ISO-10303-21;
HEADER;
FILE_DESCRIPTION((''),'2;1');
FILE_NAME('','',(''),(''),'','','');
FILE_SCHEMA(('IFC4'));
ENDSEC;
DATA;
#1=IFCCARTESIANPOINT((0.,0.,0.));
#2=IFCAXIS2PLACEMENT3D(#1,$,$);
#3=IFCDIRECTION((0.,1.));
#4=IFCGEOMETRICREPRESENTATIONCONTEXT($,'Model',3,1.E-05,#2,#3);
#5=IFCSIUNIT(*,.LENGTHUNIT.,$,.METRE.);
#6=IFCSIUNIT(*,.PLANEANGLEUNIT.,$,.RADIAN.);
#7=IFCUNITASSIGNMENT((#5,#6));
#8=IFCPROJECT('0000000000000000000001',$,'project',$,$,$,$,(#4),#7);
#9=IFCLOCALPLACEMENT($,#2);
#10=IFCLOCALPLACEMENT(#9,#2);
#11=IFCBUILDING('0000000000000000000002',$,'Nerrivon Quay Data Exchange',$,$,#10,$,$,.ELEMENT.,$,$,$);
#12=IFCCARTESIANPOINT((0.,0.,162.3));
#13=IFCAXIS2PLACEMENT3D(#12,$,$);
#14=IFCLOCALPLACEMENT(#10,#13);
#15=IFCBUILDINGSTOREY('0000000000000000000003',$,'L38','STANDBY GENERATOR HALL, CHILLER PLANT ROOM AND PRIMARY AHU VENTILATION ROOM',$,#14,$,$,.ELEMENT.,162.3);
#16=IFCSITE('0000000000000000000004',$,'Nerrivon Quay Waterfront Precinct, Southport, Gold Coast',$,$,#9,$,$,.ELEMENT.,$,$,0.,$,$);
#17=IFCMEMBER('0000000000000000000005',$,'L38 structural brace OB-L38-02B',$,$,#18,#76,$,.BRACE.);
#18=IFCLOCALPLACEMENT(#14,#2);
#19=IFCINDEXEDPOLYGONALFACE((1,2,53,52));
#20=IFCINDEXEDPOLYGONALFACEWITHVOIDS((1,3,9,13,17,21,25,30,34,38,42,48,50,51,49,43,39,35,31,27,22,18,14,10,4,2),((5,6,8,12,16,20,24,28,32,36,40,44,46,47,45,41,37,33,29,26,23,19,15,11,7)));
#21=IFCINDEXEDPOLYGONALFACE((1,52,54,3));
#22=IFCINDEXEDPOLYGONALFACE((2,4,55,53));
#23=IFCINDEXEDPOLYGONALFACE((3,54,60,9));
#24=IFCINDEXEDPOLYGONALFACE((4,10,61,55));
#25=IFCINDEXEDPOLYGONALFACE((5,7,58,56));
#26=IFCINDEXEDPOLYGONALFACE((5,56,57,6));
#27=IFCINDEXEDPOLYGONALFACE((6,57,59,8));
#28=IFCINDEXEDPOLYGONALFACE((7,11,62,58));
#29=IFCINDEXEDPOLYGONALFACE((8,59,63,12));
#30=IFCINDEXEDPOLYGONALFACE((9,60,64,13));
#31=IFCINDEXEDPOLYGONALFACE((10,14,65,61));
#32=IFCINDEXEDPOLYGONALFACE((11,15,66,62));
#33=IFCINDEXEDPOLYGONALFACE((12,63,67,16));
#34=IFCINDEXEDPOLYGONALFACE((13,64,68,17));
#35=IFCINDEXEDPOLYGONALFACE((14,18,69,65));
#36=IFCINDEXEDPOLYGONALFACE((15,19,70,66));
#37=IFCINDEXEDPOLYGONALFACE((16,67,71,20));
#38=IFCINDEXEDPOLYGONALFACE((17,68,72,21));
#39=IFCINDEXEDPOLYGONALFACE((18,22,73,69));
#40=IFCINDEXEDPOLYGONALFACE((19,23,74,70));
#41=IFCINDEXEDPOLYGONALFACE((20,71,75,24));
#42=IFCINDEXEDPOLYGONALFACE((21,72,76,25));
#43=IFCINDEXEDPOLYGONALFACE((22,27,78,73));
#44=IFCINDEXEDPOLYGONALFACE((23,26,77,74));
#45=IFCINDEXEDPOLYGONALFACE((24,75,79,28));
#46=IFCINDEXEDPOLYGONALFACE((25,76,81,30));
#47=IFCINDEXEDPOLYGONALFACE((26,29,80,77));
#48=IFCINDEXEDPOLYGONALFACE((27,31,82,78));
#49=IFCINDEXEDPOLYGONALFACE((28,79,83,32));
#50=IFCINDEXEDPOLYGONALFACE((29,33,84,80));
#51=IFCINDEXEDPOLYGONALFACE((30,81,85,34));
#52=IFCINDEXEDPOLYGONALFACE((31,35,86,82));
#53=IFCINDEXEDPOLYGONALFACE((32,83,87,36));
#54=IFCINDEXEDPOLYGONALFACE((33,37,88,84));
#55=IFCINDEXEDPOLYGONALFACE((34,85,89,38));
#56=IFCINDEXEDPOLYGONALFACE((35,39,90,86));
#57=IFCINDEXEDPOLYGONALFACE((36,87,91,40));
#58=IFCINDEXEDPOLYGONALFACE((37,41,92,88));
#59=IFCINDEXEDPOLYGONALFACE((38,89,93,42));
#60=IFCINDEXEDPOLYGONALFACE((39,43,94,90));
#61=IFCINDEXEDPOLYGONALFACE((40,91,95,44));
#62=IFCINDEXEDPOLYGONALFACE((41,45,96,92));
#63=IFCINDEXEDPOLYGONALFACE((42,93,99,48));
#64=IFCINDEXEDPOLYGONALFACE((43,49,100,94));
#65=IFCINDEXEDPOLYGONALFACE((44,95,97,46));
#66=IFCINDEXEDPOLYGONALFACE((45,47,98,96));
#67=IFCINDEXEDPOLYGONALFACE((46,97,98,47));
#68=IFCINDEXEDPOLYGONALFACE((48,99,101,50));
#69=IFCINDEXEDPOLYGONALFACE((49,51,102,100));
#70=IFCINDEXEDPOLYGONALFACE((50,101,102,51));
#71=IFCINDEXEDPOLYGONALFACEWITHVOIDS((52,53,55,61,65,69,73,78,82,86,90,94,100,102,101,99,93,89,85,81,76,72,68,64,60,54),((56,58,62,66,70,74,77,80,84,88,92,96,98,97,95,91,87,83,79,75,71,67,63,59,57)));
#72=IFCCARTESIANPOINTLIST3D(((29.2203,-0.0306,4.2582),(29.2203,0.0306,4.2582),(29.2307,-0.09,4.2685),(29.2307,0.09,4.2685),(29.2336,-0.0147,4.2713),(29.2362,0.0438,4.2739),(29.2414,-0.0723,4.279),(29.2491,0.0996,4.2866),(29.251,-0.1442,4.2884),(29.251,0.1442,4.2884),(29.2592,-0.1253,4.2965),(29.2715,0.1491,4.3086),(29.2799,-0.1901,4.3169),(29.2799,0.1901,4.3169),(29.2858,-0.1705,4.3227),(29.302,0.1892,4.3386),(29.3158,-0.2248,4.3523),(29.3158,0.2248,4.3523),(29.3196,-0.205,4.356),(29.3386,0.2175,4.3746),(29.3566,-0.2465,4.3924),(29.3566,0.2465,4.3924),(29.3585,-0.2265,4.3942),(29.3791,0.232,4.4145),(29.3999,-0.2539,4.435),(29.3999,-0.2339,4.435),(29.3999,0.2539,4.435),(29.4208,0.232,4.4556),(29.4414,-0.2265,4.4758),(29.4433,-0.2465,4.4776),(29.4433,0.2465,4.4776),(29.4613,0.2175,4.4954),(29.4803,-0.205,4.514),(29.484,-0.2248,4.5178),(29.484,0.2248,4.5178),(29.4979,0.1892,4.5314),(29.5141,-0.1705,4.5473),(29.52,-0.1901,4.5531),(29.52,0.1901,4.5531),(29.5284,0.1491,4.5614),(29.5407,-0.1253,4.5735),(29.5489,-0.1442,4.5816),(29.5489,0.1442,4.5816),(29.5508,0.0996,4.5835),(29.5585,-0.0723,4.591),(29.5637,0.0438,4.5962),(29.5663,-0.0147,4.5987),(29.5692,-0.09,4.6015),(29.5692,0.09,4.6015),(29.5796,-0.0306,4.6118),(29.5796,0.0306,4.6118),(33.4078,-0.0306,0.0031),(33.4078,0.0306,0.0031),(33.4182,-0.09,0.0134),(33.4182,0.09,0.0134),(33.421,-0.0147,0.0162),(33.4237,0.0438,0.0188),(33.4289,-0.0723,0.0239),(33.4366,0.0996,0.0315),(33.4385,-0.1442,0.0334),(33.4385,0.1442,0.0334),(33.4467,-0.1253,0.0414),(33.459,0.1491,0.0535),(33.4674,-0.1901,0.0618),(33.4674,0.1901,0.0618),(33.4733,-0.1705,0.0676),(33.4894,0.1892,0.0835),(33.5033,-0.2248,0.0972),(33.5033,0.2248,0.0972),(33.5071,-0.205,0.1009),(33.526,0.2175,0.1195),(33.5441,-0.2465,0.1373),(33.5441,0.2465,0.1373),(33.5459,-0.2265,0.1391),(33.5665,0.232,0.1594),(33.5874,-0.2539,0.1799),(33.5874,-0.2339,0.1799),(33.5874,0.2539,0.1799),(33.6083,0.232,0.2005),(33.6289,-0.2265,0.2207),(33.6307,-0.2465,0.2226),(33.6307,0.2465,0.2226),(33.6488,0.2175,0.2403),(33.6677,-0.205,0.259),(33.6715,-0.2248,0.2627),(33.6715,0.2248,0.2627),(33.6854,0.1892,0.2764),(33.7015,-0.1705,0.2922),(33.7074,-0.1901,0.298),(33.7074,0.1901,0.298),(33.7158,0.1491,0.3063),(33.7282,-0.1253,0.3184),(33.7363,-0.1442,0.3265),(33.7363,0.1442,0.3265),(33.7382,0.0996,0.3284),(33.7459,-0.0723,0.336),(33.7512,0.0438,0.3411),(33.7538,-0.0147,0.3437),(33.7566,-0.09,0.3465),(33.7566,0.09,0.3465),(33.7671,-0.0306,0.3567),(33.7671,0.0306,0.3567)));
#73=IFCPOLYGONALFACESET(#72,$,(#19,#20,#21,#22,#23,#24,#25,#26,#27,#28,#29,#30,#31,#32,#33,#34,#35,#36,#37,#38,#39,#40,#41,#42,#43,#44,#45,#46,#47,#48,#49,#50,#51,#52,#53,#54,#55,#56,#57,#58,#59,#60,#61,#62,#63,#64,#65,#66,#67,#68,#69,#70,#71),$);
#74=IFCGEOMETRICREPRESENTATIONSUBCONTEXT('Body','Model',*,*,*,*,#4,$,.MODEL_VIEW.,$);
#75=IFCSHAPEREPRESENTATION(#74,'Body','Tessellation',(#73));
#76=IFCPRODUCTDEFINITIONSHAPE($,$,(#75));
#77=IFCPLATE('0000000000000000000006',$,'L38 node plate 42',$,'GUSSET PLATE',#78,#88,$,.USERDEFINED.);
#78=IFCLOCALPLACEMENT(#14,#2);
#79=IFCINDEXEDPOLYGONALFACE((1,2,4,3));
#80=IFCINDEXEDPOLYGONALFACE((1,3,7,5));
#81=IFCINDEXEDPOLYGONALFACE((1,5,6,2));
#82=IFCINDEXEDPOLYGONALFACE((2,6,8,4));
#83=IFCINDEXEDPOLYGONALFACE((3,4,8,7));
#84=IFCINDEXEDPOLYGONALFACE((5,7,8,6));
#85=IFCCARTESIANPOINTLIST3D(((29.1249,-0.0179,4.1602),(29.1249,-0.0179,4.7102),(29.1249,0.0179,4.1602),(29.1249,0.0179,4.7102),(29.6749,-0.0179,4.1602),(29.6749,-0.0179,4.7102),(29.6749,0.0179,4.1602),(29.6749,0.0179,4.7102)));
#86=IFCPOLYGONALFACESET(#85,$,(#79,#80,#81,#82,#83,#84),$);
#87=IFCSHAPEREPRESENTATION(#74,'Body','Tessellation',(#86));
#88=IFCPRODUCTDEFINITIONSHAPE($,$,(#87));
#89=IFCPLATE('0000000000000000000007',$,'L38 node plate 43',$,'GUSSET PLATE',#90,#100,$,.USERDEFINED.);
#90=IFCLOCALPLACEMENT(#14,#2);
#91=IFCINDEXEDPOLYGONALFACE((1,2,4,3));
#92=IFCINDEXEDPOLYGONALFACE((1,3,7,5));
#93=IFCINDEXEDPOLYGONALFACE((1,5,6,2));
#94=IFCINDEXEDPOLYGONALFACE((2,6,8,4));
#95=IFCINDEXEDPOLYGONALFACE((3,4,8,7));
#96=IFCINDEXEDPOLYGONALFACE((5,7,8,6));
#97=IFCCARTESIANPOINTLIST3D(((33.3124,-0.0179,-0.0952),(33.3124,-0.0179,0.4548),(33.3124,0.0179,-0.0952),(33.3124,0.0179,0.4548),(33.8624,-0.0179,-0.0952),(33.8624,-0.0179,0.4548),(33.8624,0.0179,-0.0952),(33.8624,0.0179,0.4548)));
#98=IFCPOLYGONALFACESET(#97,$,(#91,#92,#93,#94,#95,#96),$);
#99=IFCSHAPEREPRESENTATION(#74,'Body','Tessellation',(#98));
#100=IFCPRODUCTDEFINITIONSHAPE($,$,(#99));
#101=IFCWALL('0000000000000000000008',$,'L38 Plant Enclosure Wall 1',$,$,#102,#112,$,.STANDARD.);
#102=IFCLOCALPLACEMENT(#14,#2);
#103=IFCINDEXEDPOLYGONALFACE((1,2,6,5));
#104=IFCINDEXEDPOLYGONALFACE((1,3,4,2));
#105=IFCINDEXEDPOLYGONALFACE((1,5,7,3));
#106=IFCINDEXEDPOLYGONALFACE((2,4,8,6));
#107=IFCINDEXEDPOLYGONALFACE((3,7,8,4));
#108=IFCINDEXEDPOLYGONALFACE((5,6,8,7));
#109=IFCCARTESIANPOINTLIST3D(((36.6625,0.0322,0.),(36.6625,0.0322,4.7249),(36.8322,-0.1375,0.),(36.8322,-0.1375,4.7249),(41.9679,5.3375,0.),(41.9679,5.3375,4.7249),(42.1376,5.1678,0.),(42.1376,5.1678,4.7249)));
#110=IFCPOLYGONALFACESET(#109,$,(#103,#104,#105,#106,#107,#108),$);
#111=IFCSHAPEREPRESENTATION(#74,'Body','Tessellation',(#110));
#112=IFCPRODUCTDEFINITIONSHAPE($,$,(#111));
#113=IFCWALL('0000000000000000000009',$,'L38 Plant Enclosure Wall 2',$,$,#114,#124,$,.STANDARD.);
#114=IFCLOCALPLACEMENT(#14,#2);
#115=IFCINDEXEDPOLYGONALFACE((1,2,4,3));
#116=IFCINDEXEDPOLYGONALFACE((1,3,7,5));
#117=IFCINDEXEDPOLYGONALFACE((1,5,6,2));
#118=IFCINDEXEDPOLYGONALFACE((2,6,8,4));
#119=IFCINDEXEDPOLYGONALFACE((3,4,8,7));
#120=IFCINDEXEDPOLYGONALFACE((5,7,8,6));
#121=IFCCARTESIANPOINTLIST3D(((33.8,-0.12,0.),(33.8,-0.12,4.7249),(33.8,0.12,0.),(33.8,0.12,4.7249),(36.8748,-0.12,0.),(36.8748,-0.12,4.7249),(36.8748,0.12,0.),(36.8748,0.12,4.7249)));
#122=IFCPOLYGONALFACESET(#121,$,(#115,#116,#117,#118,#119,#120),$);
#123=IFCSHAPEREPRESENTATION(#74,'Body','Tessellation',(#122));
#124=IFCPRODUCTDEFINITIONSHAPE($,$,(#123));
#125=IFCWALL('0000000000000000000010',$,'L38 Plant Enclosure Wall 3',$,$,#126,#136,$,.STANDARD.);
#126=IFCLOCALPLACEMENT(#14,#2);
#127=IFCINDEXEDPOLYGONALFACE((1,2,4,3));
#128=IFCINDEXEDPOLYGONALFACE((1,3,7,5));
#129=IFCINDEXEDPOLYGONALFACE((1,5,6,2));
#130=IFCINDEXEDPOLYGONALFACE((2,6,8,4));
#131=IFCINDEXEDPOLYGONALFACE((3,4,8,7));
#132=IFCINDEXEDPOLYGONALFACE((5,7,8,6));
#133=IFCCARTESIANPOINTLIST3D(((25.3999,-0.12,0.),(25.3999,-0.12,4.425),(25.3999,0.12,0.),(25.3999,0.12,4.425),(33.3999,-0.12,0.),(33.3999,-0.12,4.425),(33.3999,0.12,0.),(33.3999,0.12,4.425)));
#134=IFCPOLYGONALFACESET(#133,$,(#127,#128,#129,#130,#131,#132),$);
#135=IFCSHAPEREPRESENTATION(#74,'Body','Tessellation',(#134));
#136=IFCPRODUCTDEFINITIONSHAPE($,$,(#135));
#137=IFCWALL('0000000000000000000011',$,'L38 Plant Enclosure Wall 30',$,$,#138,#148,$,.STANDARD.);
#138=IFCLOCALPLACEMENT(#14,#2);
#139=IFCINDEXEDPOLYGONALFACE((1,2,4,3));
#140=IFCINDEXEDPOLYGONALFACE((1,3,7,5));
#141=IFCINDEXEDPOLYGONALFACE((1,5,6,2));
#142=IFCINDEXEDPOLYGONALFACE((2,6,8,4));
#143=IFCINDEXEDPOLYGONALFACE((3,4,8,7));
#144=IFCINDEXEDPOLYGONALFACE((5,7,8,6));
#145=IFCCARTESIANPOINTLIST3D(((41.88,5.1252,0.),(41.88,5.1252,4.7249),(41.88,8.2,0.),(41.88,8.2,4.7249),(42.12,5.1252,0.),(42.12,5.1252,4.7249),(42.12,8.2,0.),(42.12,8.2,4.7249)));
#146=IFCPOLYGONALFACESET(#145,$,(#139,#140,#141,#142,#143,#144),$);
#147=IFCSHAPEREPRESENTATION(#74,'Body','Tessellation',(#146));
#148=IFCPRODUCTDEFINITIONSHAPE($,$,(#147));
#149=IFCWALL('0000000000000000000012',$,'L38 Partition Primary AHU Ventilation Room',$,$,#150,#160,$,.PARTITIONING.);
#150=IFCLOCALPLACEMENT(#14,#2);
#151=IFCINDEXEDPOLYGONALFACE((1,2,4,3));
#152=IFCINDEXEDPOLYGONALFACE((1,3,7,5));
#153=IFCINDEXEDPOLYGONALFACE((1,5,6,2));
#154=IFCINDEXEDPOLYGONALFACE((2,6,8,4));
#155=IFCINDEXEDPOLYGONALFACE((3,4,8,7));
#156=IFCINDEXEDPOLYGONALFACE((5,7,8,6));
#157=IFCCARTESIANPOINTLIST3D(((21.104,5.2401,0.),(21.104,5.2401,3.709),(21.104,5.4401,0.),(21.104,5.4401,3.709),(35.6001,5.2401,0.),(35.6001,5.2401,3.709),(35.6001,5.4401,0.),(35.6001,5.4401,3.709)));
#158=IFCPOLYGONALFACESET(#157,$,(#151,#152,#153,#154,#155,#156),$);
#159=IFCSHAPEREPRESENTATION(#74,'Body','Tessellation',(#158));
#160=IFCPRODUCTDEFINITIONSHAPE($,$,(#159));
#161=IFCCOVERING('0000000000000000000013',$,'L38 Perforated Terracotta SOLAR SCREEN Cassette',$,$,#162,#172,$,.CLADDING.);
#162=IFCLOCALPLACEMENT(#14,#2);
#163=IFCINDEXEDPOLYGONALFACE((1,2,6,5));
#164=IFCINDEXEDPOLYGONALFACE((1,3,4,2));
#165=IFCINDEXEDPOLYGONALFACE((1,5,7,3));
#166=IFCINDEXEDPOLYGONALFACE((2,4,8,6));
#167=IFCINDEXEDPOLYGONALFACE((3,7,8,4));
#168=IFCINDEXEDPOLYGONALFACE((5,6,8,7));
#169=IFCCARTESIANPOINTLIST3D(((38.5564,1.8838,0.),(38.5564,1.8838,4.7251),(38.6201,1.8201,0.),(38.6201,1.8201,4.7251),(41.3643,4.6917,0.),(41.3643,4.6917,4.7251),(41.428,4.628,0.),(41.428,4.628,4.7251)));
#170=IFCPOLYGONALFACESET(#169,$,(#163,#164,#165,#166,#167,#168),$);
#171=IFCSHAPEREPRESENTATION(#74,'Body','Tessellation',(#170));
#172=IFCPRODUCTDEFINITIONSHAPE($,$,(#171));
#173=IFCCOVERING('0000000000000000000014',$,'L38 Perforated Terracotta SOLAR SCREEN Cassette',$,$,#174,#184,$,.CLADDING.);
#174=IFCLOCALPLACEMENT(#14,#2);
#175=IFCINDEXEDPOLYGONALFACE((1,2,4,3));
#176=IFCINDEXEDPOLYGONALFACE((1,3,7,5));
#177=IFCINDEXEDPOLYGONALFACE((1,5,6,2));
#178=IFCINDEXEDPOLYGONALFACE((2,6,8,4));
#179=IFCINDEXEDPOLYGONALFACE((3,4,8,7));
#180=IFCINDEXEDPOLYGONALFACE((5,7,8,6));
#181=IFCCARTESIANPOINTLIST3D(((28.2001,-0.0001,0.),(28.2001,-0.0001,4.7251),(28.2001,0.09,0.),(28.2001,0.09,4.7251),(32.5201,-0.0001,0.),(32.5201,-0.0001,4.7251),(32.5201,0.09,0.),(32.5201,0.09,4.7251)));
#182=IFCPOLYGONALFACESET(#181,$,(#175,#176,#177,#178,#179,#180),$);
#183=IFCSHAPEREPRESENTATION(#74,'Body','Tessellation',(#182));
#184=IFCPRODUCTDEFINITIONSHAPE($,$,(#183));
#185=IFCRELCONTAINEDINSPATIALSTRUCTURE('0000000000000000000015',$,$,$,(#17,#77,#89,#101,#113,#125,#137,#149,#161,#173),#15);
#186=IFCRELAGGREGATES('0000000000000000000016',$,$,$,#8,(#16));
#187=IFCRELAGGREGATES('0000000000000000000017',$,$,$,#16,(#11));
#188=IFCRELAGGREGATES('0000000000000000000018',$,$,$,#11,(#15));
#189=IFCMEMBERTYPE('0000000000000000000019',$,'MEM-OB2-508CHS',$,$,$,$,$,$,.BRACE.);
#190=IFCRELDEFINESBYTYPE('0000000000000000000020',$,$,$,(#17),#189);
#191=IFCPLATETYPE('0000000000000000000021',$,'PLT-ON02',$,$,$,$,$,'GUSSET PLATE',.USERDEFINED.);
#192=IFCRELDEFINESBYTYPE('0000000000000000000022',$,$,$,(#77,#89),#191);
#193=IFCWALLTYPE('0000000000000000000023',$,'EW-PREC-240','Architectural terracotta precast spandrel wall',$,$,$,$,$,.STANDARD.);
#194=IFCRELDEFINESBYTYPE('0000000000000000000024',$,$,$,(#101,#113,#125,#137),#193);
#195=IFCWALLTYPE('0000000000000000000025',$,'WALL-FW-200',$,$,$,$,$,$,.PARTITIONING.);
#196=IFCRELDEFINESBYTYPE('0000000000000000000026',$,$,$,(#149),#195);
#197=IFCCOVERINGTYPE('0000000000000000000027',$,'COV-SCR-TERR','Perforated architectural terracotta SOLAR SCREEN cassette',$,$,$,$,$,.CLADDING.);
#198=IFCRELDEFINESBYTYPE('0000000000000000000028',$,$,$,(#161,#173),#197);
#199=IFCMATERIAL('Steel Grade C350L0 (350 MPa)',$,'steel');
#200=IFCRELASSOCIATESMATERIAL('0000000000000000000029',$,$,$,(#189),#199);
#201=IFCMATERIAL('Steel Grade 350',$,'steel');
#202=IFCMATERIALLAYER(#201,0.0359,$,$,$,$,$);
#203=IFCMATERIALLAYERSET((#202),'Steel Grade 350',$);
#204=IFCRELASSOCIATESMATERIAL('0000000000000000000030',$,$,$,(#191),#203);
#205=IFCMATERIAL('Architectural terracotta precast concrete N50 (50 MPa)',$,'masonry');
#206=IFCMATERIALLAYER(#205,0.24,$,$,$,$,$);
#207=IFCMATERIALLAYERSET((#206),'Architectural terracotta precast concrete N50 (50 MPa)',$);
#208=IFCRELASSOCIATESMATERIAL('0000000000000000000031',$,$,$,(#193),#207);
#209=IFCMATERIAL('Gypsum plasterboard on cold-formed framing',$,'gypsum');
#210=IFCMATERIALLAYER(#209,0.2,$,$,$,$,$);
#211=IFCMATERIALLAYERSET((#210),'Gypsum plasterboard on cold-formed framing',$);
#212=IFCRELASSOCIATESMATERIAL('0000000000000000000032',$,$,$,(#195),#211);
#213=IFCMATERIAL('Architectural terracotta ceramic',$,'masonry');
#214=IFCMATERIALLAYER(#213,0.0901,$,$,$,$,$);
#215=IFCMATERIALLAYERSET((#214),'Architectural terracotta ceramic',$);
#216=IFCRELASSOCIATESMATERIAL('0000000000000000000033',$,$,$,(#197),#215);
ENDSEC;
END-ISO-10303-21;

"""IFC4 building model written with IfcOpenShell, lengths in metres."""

from ifc_helpers import new_model, si_unit, direction, frame, frame_2d, origin, origin_2d, place, context, subcontext, project, spatial, rectangle, hollow_circle, extrude, material, layer, layer_set, material_profile, profile_set, type_object, element, save


model = new_model("IFC4")

# Units and contexts
model_context = context("Model", 3, precision=1e-05, world=origin(), true_north=direction((0.0, 1.0)))
body_context = subcontext(model_context, "Body", "Model", "MODEL_VIEW")
ifc_project = project(units=[si_unit("LENGTHUNIT", "METRE"), si_unit("PLANEANGLEUNIT", "RADIAN")], contexts=[model_context])

# Site, building, storey
site_placement = place(None, origin())
site = spatial("IfcSite", under=ifc_project, at=site_placement, Name="Nerrivon Quay Waterfront Precinct, Southport, Gold Coast", CompositionType="ELEMENT", RefElevation=0.0)
building_placement = place(site_placement, origin())
building = spatial("IfcBuilding", under=site, at=building_placement, Name="Nerrivon Quay Data Exchange", CompositionType="ELEMENT")
storey_placement = place(building_placement, frame((0.0, 0.0, 162.3)))
storey = spatial("IfcBuildingStorey", under=building, at=storey_placement, Name="L38", Description="STANDBY GENERATOR HALL, CHILLER PLANT ROOM AND PRIMARY AHU VENTILATION ROOM", CompositionType="ELEMENT", Elevation=162.3)

# Shared definitions
ifc_material_1 = material(Name="Steel Grade 350", Category="steel")

# Member
ifc_material_2 = material(Name="Steel Grade C350L0 (350 MPa)", Category="steel")
ifc_material_profile_1 = material_profile(ifc_material_2, hollow_circle(Radius=0.2539, WallThickness=0.02, at=origin_2d()), Name="508.0x20.0CHS")
ifc_profile_set_1 = profile_set([ifc_material_profile_1], Name="Steel Grade C350L0 (350 MPa)")
member_type = type_object("IfcMemberType", Name="MEM-OB2-508CHS", PredefinedType="BRACE", material=ifc_profile_set_1)
member_placement = place(storey_placement, frame((33.5874, 0.0, 0.1799), z_axis=(-0.70142, 0.0, 0.712748), x_axis=(0.0, -1.0, 0.0)))
element("IfcMember", 1, at=member_placement, inside=storey, type_object=member_type, Name="L38 structural brace OB-L38-02B", PredefinedType="BRACE", context=body_context, shape_type="SweptSolid", body=[
    extrude(hollow_circle(Radius=0.2539, WallThickness=0.02, at=origin_2d()), origin(), (0.0, 0.0, 1.0), 5.97),
])

# Plates
ifc_layer_1 = layer(ifc_material_1, 0.0359)
ifc_layer_set_1 = layer_set([ifc_layer_1], Name="Steel Grade 350")
plate_type = type_object("IfcPlateType", Name="PLT-ON02", ElementType="GUSSET PLATE", PredefinedType="USERDEFINED", material=ifc_layer_set_1)
for number, where, z_axis, x_axis, name in (
    (2, (29.3999, 0.0, 4.1602), (0.0, 0.0, 1.0), (1.0, 0.0, 0.0), "L38 node plate 42"),
    (3, (33.5874, 0.0, -0.0952), (0.0, 0.0, 1.0), (1.0, 0.0, 0.0), "L38 node plate 43"),
):
    element("IfcPlate", number, at=place(storey_placement, frame(where, z_axis=z_axis, x_axis=x_axis)), inside=storey, type_object=plate_type, Name=name, ObjectType="GUSSET PLATE", PredefinedType="USERDEFINED", context=body_context, shape_type="SweptSolid", body=[
        extrude(rectangle(XDim=0.55, YDim=0.0359, at=origin_2d()), origin(), (0.0, 0.0, 1.0), 0.55),
    ])

# Walls
ifc_material_3 = material(Name="Architectural terracotta precast concrete N50 (50 MPa)", Category="masonry")
ifc_layer_2 = layer(ifc_material_3, 0.24)
ifc_layer_set_2 = layer_set([ifc_layer_2], Name="Architectural terracotta precast concrete N50 (50 MPa)")
wall_type_1 = type_object("IfcWallType", Name="EW-PREC-240", Description="Architectural terracotta precast spandrel wall", PredefinedType="STANDARD", material=ifc_layer_set_2)
wall_1_placement = place(storey_placement, frame((42.0527, 5.2527, 0.0), z_axis=(0.0, 0.0, 1.0), x_axis=(-0.707107, -0.707107, 0.0)))
element("IfcWall", 4, at=wall_1_placement, inside=storey, type_object=wall_type_1, Name="L38 Plant Enclosure Wall 1", PredefinedType="STANDARD", context=body_context, shape_type="SweptSolid", body=[
    extrude(rectangle(XDim=7.5029, YDim=0.24, at=frame_2d((3.7515, 0.0))), origin(), (0.0, 0.0, 1.0), 4.7249),
])
wall_2_placement = place(storey_placement, frame((36.8748, 0.0, 0.0), z_axis=(0.0, 0.0, 1.0), x_axis=(-1.0, 0.0, 0.0)))
element("IfcWall", 5, at=wall_2_placement, inside=storey, type_object=wall_type_1, Name="L38 Plant Enclosure Wall 2", PredefinedType="STANDARD", context=body_context, shape_type="SweptSolid", body=[
    extrude(rectangle(XDim=3.0747, YDim=0.24, at=frame_2d((1.5374, 0.0))), origin(), (0.0, 0.0, 1.0), 4.7249),
])
wall_3_placement = place(storey_placement, frame((33.3999, 0.0, 0.0), z_axis=(0.0, 0.0, 1.0), x_axis=(-1.0, 0.0, 0.0)))
element("IfcWall", 6, at=wall_3_placement, inside=storey, type_object=wall_type_1, Name="L38 Plant Enclosure Wall 3", PredefinedType="STANDARD", context=body_context, shape_type="SweptSolid", body=[
    extrude(rectangle(XDim=8.0, YDim=0.24, at=frame_2d((4.0, 0.0))), origin(), (0.0, 0.0, 1.0), 4.425),
])
wall_4_placement = place(storey_placement, frame((42.0, 8.2, 0.0), z_axis=(0.0, 0.0, 1.0), x_axis=(0.0, -1.0, 0.0)))
element("IfcWall", 7, at=wall_4_placement, inside=storey, type_object=wall_type_1, Name="L38 Plant Enclosure Wall 30", PredefinedType="STANDARD", context=body_context, shape_type="SweptSolid", body=[
    extrude(rectangle(XDim=3.0747, YDim=0.24, at=frame_2d((1.5374, 0.0))), origin(), (0.0, 0.0, 1.0), 4.7249),
])
ifc_material_4 = material(Name="Gypsum plasterboard on cold-formed framing", Category="gypsum")
ifc_layer_3 = layer(ifc_material_4, 0.2)
ifc_layer_set_3 = layer_set([ifc_layer_3], Name="Gypsum plasterboard on cold-formed framing")
wall_type_2 = type_object("IfcWallType", Name="WALL-FW-200", PredefinedType="PARTITIONING", material=ifc_layer_set_3)
wall_5_placement = place(storey_placement, frame((35.6001, 5.3401, 0.0), z_axis=(0.0, 0.0, 1.0), x_axis=(-1.0, 0.0, 0.0)))
element("IfcWall", 8, at=wall_5_placement, inside=storey, type_object=wall_type_2, Name="L38 Partition Primary AHU Ventilation Room", PredefinedType="PARTITIONING", context=body_context, shape_type="SweptSolid", body=[
    extrude(rectangle(XDim=14.4961, YDim=0.2, at=frame_2d((7.248, 0.0))), origin(), (0.0, 0.0, 1.0), 3.709),
])

# Coverings
ifc_material_5 = material(Name="Architectural terracotta ceramic", Category="masonry")
ifc_layer_4 = layer(ifc_material_5, 0.0901)
ifc_layer_set_4 = layer_set([ifc_layer_4], Name="Architectural terracotta ceramic")
covering_type = type_object("IfcCoveringType", Name="COV-SCR-TERR", Description="Perforated architectural terracotta SOLAR SCREEN cassette", PredefinedType="CLADDING", material=ifc_layer_set_4)
covering_1_placement = place(storey_placement, frame((39.9922, 3.2559, 0.0), z_axis=(0.0, 0.0, 1.0), x_axis=(-0.707107, -0.707107, 0.0)))
element("IfcCovering", 9, at=covering_1_placement, inside=storey, type_object=covering_type, Name="L38 Perforated Terracotta SOLAR SCREEN Cassette", PredefinedType="CLADDING", context=body_context, shape_type="SweptSolid", body=[
    extrude(rectangle(XDim=3.9709, YDim=0.0901, at=origin_2d()), origin(), (0.0, 0.0, 1.0), 4.7251),
])
covering_2_placement = place(storey_placement, frame((30.3601, 0.0449, 0.0), z_axis=(0.0, 0.0, 1.0), x_axis=(-1.0, 0.0, 0.0)))
element("IfcCovering", 10, at=covering_2_placement, inside=storey, type_object=covering_type, Name="L38 Perforated Terracotta SOLAR SCREEN Cassette", PredefinedType="CLADDING", context=body_context, shape_type="SweptSolid", body=[
    extrude(rectangle(XDim=4.3201, YDim=0.0901, at=origin_2d()), origin(), (0.0, 0.0, 1.0), 4.7251),
])

save(model, "model.ifc")
